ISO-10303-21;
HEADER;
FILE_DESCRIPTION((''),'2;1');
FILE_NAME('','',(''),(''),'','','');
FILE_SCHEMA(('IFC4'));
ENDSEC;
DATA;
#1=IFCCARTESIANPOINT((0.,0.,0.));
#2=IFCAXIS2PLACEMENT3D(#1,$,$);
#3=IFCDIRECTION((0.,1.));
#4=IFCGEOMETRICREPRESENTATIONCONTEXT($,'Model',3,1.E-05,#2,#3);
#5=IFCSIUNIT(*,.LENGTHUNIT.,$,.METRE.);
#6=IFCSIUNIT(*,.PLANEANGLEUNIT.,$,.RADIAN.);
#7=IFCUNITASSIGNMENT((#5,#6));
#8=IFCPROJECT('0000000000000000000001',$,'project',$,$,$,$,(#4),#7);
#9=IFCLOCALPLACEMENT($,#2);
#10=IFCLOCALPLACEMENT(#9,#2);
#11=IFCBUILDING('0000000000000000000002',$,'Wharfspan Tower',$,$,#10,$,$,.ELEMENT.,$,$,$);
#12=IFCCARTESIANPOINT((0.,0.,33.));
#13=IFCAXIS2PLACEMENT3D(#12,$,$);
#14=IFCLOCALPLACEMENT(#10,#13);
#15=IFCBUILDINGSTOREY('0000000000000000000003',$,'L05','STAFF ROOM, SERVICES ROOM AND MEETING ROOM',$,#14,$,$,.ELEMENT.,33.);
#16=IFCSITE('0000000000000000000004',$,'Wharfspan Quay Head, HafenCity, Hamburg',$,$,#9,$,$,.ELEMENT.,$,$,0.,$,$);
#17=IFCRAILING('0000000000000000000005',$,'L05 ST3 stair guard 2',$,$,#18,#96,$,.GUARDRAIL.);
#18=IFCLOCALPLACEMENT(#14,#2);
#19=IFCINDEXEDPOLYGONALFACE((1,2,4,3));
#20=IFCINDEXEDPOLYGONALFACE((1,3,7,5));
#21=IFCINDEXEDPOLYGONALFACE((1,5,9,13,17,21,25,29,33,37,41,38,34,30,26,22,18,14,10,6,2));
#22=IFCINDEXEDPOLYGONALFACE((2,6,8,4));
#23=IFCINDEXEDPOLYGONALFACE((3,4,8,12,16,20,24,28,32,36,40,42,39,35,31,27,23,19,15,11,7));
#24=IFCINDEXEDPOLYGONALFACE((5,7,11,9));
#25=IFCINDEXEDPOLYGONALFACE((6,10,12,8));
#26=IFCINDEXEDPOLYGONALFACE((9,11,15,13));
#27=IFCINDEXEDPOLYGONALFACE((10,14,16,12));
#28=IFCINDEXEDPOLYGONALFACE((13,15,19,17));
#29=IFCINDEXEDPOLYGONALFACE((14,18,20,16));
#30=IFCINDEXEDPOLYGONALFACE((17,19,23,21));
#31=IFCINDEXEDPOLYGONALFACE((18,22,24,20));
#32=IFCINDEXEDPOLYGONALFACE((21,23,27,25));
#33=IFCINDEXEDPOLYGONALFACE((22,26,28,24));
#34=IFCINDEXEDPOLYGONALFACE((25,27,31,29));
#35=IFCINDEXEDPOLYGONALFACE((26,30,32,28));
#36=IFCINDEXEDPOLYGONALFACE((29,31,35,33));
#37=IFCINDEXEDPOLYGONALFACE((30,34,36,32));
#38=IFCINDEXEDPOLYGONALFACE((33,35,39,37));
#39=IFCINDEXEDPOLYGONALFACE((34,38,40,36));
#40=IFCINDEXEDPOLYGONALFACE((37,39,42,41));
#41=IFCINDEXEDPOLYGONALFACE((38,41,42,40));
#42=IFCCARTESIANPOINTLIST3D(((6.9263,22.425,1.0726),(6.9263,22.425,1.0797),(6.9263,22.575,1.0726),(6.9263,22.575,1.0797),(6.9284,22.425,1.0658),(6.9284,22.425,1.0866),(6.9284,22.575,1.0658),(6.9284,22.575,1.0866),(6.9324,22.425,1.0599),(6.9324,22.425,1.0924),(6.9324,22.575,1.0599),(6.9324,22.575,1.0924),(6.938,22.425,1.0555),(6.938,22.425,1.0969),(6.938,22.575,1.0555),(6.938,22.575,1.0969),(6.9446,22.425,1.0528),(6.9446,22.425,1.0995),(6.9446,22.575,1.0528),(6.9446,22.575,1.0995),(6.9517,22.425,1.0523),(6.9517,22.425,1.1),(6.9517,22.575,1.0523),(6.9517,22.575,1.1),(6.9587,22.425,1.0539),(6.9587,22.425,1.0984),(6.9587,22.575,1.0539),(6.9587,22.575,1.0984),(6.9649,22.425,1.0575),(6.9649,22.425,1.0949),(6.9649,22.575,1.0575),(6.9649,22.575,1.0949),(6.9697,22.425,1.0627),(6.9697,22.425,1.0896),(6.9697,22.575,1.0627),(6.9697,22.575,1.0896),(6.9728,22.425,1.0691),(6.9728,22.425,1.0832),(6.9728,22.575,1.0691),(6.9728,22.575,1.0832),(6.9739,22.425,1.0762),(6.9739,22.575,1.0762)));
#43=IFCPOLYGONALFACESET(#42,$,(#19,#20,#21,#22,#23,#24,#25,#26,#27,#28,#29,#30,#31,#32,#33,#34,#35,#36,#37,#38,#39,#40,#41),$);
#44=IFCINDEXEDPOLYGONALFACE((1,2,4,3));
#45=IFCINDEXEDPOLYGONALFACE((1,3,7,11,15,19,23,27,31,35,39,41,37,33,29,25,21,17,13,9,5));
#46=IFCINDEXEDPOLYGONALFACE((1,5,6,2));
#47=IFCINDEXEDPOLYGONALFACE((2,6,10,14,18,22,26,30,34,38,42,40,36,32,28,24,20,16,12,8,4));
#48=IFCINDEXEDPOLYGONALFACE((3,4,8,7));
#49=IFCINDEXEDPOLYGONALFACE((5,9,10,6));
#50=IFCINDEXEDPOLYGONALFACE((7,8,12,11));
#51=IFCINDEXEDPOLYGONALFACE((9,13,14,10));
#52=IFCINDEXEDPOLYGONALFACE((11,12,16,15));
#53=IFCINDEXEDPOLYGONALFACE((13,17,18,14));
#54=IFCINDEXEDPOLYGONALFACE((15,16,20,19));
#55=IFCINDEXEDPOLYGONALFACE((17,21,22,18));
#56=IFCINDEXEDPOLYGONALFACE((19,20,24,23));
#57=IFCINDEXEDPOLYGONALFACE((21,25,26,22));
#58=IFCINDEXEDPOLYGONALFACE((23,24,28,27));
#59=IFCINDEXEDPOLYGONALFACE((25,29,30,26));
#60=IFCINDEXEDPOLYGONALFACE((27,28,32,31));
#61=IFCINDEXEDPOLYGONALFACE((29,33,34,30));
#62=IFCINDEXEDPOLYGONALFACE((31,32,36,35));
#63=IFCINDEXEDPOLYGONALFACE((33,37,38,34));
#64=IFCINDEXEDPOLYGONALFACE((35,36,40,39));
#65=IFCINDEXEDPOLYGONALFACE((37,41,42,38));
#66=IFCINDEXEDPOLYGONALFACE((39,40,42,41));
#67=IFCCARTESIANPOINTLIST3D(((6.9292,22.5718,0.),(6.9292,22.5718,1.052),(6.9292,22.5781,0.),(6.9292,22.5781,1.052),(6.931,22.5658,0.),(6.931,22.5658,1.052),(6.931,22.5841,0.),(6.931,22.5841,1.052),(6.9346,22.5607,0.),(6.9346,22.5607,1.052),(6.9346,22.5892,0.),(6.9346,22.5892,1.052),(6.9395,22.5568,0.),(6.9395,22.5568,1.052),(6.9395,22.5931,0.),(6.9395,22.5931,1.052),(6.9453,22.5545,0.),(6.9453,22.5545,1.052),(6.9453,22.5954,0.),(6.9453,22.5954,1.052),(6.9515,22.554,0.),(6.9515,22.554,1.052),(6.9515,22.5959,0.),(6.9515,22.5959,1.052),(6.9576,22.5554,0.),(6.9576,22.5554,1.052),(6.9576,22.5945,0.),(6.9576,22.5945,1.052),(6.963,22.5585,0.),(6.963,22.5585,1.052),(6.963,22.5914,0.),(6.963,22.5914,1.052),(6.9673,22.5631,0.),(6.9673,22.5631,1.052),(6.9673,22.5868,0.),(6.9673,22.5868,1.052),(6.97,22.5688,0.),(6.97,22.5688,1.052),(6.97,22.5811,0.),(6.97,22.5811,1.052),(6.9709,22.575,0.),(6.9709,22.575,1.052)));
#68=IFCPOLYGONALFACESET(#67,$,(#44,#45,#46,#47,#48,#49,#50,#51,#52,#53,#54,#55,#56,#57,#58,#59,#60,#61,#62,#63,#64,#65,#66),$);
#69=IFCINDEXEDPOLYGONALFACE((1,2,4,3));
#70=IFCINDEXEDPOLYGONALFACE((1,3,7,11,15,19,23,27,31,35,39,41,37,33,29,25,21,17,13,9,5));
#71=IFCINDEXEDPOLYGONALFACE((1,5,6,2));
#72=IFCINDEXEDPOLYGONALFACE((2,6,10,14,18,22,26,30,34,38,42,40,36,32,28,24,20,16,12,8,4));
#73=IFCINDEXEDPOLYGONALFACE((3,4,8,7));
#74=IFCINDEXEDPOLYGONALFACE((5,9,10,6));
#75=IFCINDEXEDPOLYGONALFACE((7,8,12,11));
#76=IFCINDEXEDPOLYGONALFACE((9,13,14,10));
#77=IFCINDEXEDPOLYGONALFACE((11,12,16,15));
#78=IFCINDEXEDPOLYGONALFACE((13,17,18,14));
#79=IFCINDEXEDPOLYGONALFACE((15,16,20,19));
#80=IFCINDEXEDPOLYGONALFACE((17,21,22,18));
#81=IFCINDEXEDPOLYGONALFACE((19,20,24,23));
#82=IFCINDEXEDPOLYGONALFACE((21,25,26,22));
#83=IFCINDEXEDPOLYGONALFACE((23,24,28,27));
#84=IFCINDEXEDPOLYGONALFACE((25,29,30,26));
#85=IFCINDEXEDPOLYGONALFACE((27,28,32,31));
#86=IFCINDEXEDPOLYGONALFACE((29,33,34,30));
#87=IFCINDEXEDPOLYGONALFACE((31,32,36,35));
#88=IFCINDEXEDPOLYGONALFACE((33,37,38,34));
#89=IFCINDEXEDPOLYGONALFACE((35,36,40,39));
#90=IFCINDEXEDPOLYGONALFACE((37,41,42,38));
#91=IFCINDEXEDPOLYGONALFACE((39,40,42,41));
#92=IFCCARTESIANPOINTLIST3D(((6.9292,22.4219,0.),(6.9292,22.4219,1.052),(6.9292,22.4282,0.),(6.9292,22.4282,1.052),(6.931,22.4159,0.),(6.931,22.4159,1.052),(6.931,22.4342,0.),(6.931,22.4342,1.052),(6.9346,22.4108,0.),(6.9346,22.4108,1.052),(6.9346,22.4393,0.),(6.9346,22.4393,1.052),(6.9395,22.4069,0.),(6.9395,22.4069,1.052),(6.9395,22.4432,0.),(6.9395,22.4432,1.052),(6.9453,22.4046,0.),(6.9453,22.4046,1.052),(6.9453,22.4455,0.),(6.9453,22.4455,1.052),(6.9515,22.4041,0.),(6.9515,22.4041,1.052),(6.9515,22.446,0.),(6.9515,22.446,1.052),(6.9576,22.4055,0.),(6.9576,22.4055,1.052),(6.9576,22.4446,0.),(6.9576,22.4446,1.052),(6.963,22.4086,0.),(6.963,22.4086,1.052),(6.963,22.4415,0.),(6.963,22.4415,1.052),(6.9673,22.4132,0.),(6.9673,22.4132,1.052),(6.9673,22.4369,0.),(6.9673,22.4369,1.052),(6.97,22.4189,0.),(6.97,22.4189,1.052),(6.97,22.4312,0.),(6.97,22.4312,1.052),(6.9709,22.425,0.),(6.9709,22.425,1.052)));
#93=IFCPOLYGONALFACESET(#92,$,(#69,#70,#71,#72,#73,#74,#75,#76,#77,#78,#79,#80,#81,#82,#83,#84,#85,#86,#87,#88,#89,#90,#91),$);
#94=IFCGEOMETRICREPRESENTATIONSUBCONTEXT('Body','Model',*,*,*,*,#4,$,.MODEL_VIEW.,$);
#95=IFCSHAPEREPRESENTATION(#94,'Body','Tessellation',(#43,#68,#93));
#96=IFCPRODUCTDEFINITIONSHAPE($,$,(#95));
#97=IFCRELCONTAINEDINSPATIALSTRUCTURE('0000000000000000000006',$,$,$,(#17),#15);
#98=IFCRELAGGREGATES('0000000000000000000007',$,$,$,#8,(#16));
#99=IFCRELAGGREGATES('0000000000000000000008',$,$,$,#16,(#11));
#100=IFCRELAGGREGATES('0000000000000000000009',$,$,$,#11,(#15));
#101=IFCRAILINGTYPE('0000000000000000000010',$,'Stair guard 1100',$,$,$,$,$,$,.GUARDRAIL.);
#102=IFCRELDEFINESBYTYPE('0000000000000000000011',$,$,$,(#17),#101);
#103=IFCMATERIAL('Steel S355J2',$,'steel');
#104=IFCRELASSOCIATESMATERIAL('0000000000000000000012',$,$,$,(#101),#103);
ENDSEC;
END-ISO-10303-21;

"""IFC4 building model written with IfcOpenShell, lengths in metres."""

from ifc_helpers import new_model, si_unit, direction, frame, origin, origin_2d, place, context, subcontext, project, spatial, circle, extrude, material, type_object, element, save


model = new_model("IFC4")

# Units and contexts
model_context = context("Model", 3, precision=1e-05, world=origin(), true_north=direction((0.0, 1.0)))
body_context = subcontext(model_context, "Body", "Model", "MODEL_VIEW")
ifc_project = project(units=[si_unit("LENGTHUNIT", "METRE"), si_unit("PLANEANGLEUNIT", "RADIAN")], contexts=[model_context])

# Site, building, storey
site_placement = place(None, origin())
site = spatial("IfcSite", under=ifc_project, at=site_placement, Name="Wharfspan Quay Head, HafenCity, Hamburg", CompositionType="ELEMENT", RefElevation=0.0)
building_placement = place(site_placement, origin())
building = spatial("IfcBuilding", under=site, at=building_placement, Name="Wharfspan Tower", CompositionType="ELEMENT")
storey_placement = place(building_placement, frame((0.0, 0.0, 33.0)))
storey = spatial("IfcBuildingStorey", under=building, at=storey_placement, Name="L05", Description="STAFF ROOM, SERVICES ROOM AND MEETING ROOM", CompositionType="ELEMENT", Elevation=33.0)

# Railing
ifc_material_1 = material(Name="Steel S355J2", Category="steel")
railing_type_1 = type_object("IfcRailingType", Name="Stair guard 1100", PredefinedType="GUARDRAIL", material=ifc_material_1)
railing_1_placement = place(storey_placement, frame((6.95, 22.575, 0.0)))
element("IfcRailing", 1, at=railing_1_placement, inside=storey, type_object=railing_type_1, Name="L05 ST3 stair guard 2", PredefinedType="GUARDRAIL", context=body_context, shape_type="SweptSolid", body=[
    extrude(circle(Radius=0.0239, at=origin_2d()), frame((0.0, 0.0, 1.0762), z_axis=(0.0, -1.0, 0.0), x_axis=(1.0, 0.0, 0.0)), (0.0, 0.0, 1.0), 0.1499),
    extrude(circle(Radius=0.021, at=origin_2d()), origin(), (0.0, 0.0, 1.0), 1.052),
    extrude(circle(Radius=0.021, at=origin_2d()), frame((0.0, -0.1499, 0.0)), (0.0, 0.0, 1.0), 1.052),
])

save(model, "model.ifc")
